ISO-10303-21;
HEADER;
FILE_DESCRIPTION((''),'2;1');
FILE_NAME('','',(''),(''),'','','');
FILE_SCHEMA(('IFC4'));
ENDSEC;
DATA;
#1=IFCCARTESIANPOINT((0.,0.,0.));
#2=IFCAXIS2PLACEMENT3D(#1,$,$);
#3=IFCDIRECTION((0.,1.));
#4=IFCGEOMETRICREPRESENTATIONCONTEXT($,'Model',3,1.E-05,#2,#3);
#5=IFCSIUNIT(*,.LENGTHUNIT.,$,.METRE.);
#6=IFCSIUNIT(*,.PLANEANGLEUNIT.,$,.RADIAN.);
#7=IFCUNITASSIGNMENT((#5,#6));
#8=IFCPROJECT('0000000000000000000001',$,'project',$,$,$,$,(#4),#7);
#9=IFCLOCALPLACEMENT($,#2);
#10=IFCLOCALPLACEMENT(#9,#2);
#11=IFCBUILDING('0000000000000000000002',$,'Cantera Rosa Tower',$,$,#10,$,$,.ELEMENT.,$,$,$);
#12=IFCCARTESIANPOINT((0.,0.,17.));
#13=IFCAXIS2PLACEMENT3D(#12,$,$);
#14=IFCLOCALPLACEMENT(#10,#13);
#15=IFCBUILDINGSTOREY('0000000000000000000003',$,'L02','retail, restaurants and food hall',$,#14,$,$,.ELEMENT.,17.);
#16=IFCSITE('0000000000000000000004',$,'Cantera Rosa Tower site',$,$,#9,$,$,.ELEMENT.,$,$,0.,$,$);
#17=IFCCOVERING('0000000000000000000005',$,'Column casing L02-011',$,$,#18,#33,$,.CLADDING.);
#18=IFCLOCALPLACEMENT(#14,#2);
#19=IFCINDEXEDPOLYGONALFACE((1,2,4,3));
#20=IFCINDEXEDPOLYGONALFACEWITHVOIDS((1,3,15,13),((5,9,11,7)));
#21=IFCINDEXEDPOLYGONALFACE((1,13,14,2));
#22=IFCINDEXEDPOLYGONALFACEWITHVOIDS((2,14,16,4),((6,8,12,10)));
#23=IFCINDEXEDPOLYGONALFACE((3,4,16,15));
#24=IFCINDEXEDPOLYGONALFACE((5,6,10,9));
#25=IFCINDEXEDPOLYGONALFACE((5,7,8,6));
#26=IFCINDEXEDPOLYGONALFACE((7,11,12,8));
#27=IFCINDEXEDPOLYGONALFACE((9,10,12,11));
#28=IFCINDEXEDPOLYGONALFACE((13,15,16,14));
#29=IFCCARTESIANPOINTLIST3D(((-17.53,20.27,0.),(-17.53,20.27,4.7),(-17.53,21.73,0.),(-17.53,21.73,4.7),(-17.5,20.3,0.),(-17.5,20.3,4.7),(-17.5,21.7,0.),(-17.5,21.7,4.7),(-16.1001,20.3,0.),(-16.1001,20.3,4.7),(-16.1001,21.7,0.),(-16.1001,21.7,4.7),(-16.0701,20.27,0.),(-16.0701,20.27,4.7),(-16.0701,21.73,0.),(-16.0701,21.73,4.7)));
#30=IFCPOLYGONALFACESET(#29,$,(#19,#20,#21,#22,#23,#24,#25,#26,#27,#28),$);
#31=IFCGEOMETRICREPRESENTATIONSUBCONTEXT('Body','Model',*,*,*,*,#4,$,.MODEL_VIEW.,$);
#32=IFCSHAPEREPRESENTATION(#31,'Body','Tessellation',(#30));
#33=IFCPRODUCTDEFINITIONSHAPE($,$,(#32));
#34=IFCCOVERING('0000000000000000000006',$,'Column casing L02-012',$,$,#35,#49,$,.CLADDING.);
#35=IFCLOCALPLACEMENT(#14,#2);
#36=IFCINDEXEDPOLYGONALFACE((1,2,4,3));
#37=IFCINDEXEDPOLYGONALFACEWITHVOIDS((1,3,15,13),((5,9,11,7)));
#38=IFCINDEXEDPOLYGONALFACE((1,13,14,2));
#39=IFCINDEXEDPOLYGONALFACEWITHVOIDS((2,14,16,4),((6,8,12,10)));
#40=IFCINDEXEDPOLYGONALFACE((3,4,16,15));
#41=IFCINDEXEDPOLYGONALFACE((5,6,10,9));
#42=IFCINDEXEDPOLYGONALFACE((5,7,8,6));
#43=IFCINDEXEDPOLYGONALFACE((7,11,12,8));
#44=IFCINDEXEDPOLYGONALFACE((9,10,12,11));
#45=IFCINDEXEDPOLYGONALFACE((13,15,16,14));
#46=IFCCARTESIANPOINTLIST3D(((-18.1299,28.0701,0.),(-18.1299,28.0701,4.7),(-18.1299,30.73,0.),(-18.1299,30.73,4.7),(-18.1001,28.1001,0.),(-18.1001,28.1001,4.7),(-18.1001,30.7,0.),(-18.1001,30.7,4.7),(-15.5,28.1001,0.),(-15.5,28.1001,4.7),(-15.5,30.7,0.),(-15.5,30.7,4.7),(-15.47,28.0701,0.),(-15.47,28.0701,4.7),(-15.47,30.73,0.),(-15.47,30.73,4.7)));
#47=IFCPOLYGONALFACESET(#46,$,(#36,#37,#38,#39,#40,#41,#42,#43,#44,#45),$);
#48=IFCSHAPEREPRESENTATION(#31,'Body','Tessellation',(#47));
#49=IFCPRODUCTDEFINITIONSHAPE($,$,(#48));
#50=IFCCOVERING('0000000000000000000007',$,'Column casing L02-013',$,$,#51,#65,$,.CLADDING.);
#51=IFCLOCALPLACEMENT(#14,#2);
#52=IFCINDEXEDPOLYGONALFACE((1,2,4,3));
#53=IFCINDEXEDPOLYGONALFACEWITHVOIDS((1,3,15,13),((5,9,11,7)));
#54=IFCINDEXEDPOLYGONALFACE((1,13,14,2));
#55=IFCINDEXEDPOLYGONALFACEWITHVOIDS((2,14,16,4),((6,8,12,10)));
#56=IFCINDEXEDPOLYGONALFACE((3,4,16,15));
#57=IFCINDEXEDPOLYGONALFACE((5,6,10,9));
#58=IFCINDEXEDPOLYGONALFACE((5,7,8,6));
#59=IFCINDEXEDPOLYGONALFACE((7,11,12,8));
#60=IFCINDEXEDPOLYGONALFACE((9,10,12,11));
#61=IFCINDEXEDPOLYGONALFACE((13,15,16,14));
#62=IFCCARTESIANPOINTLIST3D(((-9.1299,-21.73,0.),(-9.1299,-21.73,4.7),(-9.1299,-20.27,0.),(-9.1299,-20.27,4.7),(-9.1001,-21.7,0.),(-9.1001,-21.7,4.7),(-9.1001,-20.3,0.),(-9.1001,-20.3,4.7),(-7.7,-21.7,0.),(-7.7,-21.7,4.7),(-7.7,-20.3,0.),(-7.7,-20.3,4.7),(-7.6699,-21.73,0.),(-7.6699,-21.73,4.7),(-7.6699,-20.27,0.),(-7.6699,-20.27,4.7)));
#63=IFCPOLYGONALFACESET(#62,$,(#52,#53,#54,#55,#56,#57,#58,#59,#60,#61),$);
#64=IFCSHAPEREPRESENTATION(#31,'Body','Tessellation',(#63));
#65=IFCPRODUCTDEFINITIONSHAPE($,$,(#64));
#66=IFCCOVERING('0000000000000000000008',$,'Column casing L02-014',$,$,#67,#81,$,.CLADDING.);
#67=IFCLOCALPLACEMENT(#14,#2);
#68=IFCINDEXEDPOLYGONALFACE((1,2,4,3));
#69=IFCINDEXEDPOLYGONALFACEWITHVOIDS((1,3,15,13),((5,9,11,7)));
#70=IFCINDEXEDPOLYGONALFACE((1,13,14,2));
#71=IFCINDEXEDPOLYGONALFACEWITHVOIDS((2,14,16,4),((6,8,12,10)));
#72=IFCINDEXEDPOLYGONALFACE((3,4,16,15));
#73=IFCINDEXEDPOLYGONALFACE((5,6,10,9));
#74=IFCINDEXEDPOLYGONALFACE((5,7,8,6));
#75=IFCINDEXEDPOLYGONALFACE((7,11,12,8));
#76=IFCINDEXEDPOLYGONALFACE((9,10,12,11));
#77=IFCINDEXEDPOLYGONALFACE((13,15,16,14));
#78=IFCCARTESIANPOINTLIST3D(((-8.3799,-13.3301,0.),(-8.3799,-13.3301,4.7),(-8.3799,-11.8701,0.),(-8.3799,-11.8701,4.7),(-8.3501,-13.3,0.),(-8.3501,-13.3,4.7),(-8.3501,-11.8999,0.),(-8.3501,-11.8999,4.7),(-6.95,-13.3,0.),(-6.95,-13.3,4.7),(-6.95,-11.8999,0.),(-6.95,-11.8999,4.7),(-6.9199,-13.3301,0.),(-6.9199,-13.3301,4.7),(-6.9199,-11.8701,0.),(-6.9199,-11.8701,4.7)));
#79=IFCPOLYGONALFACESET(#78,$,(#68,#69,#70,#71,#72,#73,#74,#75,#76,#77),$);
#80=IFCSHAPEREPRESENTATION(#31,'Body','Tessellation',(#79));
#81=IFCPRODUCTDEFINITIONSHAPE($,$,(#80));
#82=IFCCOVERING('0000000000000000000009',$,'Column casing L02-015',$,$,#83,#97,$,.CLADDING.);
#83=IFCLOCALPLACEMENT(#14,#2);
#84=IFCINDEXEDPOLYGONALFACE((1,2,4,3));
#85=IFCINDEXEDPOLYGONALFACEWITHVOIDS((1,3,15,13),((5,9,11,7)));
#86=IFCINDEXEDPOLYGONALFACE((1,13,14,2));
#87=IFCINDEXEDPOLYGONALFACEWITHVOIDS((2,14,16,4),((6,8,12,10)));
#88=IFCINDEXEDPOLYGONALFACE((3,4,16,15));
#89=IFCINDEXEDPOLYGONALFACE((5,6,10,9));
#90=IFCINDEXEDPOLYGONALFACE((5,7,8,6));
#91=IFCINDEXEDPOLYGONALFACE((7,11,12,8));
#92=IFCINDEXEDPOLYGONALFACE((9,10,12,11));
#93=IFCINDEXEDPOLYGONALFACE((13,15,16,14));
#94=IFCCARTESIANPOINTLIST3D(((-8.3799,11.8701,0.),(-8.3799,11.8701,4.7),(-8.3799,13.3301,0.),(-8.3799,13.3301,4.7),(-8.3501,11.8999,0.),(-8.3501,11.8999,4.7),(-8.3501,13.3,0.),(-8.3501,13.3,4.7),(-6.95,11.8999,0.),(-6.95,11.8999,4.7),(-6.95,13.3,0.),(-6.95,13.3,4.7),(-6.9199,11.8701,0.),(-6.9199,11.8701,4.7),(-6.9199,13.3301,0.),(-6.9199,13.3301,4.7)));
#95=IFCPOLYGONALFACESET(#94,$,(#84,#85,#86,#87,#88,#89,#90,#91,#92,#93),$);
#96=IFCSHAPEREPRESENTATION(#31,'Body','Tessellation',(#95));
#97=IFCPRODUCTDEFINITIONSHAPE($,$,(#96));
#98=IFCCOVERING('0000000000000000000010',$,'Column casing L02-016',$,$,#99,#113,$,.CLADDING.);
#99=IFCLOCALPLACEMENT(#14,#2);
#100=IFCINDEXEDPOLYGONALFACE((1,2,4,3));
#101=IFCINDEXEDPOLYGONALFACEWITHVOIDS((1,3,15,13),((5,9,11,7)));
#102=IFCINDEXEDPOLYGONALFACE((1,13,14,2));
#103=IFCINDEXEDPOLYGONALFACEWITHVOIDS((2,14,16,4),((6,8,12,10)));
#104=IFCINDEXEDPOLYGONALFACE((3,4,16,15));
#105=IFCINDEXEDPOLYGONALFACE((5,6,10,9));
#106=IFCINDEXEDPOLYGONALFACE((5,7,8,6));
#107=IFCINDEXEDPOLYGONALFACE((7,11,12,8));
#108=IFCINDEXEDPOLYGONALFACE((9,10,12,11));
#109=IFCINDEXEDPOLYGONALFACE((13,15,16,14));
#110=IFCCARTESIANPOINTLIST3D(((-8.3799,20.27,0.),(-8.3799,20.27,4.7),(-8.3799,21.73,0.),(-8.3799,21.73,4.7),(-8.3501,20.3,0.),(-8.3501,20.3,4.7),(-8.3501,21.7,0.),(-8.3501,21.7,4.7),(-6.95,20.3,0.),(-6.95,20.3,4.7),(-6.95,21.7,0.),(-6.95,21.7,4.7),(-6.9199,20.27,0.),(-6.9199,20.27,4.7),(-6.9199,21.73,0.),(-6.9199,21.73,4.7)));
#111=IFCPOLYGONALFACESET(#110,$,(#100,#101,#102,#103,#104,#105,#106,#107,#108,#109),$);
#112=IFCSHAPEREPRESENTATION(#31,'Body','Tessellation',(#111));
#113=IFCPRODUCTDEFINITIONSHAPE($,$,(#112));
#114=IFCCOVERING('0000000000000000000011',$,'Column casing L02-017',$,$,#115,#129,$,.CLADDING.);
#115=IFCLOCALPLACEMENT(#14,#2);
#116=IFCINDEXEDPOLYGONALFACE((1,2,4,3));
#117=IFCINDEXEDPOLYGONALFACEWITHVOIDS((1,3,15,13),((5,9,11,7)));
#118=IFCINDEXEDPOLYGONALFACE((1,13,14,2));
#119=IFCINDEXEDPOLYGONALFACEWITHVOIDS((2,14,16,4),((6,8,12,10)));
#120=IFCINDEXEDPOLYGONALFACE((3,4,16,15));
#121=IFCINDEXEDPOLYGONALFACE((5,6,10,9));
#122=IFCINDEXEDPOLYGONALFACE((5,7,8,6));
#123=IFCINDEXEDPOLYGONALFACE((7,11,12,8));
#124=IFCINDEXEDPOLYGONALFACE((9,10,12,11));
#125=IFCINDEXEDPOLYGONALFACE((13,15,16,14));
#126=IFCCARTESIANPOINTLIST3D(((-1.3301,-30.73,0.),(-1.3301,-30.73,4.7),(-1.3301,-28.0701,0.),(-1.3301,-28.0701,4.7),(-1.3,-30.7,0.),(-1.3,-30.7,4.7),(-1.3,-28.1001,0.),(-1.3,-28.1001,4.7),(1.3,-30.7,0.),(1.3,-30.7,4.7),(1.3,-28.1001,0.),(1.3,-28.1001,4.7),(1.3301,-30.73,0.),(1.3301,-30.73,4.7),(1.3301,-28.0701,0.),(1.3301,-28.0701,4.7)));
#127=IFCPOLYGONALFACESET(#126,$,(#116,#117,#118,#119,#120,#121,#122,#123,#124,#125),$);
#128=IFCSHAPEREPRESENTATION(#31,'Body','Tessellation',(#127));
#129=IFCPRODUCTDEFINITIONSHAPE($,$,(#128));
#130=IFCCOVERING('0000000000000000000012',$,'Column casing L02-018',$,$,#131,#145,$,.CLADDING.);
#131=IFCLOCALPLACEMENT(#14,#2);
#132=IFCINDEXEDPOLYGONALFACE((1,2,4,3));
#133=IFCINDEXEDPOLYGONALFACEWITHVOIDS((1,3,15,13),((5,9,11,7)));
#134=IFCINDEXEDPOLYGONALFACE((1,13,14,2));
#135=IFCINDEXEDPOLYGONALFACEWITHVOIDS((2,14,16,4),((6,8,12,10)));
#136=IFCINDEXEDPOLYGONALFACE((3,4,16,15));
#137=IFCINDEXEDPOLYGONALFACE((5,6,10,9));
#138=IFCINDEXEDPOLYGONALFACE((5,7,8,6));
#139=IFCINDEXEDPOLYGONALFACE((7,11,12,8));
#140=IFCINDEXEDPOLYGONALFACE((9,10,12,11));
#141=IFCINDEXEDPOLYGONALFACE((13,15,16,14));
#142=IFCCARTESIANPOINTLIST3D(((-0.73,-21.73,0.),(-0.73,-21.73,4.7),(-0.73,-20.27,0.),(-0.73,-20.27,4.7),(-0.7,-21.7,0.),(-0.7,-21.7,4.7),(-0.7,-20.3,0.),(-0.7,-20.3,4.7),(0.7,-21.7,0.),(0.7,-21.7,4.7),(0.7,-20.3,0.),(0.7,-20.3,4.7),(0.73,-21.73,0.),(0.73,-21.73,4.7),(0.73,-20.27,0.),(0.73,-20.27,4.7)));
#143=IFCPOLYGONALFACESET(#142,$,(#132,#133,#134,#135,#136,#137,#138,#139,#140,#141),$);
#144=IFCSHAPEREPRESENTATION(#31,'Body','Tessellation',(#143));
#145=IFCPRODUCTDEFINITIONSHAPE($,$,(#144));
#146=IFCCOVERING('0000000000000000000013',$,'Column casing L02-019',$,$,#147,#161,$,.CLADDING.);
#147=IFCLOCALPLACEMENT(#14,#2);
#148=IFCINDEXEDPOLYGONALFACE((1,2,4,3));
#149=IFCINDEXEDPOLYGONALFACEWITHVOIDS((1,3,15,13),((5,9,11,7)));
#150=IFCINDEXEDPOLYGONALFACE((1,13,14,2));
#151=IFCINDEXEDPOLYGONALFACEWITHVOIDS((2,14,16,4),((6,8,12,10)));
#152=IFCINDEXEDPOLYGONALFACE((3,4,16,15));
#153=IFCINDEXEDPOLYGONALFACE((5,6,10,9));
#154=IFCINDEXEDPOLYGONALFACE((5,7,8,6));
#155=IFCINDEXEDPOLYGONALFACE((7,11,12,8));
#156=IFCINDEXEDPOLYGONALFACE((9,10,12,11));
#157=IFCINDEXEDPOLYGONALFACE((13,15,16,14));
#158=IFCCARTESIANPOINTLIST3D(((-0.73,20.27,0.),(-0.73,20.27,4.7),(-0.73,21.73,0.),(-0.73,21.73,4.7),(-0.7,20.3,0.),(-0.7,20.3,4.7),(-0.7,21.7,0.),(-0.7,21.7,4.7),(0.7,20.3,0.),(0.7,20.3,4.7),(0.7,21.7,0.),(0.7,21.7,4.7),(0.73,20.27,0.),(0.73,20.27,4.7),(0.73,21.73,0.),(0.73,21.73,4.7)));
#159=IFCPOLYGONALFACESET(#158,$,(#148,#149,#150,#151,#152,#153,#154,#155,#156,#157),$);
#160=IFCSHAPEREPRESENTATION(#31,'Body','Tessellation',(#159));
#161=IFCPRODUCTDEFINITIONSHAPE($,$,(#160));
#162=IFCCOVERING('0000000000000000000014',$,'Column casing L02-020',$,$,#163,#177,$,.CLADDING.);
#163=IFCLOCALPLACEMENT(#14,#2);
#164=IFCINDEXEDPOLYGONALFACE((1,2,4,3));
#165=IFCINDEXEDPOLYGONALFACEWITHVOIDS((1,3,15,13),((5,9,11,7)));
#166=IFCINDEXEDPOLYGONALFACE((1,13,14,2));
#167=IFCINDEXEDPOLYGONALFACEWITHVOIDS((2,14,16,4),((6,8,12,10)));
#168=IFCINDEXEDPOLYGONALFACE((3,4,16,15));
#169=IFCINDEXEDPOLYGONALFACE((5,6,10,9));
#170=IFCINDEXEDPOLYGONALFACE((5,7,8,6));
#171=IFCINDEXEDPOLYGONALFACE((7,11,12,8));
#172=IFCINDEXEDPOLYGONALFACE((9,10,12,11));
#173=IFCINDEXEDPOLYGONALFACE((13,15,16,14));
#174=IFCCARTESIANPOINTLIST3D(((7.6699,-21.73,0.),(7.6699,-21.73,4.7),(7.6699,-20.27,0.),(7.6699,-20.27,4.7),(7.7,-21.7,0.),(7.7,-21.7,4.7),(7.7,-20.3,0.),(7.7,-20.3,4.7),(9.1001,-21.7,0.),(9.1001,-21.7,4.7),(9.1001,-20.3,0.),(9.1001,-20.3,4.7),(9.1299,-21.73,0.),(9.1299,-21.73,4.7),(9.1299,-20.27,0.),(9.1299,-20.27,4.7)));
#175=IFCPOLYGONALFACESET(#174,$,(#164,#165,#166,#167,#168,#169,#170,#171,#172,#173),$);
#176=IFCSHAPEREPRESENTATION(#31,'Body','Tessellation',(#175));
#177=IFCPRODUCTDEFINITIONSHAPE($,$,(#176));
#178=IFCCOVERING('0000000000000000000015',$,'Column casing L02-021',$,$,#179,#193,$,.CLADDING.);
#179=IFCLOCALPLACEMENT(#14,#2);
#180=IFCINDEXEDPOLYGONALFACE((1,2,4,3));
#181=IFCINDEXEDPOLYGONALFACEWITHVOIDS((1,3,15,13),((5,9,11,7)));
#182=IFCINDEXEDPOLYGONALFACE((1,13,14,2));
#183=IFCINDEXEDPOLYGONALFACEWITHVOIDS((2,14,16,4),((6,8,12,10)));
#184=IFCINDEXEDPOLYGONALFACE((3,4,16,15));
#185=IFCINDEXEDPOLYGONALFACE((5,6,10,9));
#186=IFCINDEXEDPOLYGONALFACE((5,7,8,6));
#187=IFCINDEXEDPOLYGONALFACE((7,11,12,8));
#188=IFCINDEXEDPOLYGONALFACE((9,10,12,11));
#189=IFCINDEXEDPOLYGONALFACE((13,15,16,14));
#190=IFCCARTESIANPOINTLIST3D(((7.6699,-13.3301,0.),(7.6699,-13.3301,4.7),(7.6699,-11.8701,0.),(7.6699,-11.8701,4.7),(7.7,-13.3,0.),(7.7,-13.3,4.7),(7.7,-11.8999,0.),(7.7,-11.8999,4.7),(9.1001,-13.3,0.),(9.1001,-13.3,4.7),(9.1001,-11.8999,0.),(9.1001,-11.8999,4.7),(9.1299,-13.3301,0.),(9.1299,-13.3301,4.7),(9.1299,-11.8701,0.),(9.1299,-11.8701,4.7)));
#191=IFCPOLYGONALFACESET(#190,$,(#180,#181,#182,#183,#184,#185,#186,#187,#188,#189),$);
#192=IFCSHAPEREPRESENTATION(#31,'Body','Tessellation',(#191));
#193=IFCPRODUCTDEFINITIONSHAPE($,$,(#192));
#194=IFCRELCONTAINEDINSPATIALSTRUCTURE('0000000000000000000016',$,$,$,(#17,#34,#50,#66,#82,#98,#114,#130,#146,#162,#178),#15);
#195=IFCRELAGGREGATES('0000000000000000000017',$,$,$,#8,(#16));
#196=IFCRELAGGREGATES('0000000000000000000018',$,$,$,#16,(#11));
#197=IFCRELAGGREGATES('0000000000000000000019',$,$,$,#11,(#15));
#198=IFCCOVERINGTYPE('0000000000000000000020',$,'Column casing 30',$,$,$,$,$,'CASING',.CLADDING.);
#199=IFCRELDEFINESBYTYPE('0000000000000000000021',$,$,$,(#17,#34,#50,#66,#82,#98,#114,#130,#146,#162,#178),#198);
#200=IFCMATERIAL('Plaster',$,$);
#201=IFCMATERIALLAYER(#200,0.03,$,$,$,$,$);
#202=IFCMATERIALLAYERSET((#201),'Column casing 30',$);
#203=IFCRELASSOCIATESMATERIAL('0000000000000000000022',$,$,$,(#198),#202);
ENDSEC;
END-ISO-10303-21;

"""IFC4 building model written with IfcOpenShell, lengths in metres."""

from ifc_helpers import new_model, si_unit, direction, frame, origin, place, context, subcontext, project, spatial, polyline, outline, extrude, material, layer, layer_set, type_object, element, save


model = new_model("IFC4")

# Units and contexts
model_context = context("Model", 3, precision=1e-05, world=origin(), true_north=direction((0.0, 1.0)))
body_context = subcontext(model_context, "Body", "Model", "MODEL_VIEW")
ifc_project = project(units=[si_unit("LENGTHUNIT", "METRE"), si_unit("PLANEANGLEUNIT", "RADIAN")], contexts=[model_context])

# Site, building, storey
site_placement = place(None, origin())
site = spatial("IfcSite", under=ifc_project, at=site_placement, Name="Cantera Rosa Tower site", CompositionType="ELEMENT", RefElevation=0.0)
building_placement = place(site_placement, origin())
building = spatial("IfcBuilding", under=site, at=building_placement, Name="Cantera Rosa Tower", CompositionType="ELEMENT")
storey_placement = place(building_placement, frame((0.0, 0.0, 17.0)))
storey = spatial("IfcBuildingStorey", under=building, at=storey_placement, Name="L02", Description="retail, restaurants and food hall", CompositionType="ELEMENT", Elevation=17.0)

# Coverings
ifc_material_1 = material(Name="Plaster")
ifc_layer_1 = layer(ifc_material_1, 0.03)
ifc_layer_set_1 = layer_set([ifc_layer_1], Name="Column casing 30")
covering_type = type_object("IfcCoveringType", Name="Column casing 30", ElementType="CASING", PredefinedType="CLADDING", material=ifc_layer_set_1)
covering_1_placement = place(storey_placement, origin())
element("IfcCovering", 1, at=covering_1_placement, inside=storey, type_object=covering_type, Name="Column casing L02-011", PredefinedType="CLADDING", context=body_context, shape_type="SweptSolid", body=[
    extrude(outline(polyline([(-17.53, 20.27), (-16.0701, 20.27), (-16.0701, 21.73), (-17.53, 21.73), (-17.53, 20.27)]), holes=[polyline([(-16.1001, 21.7), (-17.5, 21.7), (-17.5, 20.3), (-16.1001, 20.3), (-16.1001, 21.7)])]), origin(), (0.0, 0.0, 1.0), 4.7),
])
covering_2_placement = place(storey_placement, origin())
element("IfcCovering", 2, at=covering_2_placement, inside=storey, type_object=covering_type, Name="Column casing L02-012", PredefinedType="CLADDING", context=body_context, shape_type="SweptSolid", body=[
    extrude(outline(polyline([(-18.1299, 28.0701), (-15.47, 28.0701), (-15.47, 30.73), (-18.1299, 30.73), (-18.1299, 28.0701)]), holes=[polyline([(-15.5, 30.7), (-18.1001, 30.7), (-18.1001, 28.1001), (-15.5, 28.1001), (-15.5, 30.7)])]), origin(), (0.0, 0.0, 1.0), 4.7),
])
covering_3_placement = place(storey_placement, origin())
element("IfcCovering", 3, at=covering_3_placement, inside=storey, type_object=covering_type, Name="Column casing L02-013", PredefinedType="CLADDING", context=body_context, shape_type="SweptSolid", body=[
    extrude(outline(polyline([(-9.1299, -21.73), (-7.6699, -21.73), (-7.6699, -20.27), (-9.1299, -20.27), (-9.1299, -21.73)]), holes=[polyline([(-7.7, -20.3), (-9.1001, -20.3), (-9.1001, -21.7), (-7.7, -21.7), (-7.7, -20.3)])]), origin(), (0.0, 0.0, 1.0), 4.7),
])
covering_4_placement = place(storey_placement, origin())
element("IfcCovering", 4, at=covering_4_placement, inside=storey, type_object=covering_type, Name="Column casing L02-014", PredefinedType="CLADDING", context=body_context, shape_type="SweptSolid", body=[
    extrude(outline(polyline([(-8.3799, -13.3301), (-6.9199, -13.3301), (-6.9199, -11.8701), (-8.3799, -11.8701), (-8.3799, -13.3301)]), holes=[polyline([(-6.95, -11.8999), (-8.3501, -11.8999), (-8.3501, -13.3), (-6.95, -13.3), (-6.95, -11.8999)])]), origin(), (0.0, 0.0, 1.0), 4.7),
])
covering_5_placement = place(storey_placement, origin())
element("IfcCovering", 5, at=covering_5_placement, inside=storey, type_object=covering_type, Name="Column casing L02-015", PredefinedType="CLADDING", context=body_context, shape_type="SweptSolid", body=[
    extrude(outline(polyline([(-8.3799, 11.8701), (-6.9199, 11.8701), (-6.9199, 13.3301), (-8.3799, 13.3301), (-8.3799, 11.8701)]), holes=[polyline([(-6.95, 13.3), (-8.3501, 13.3), (-8.3501, 11.8999), (-6.95, 11.8999), (-6.95, 13.3)])]), origin(), (0.0, 0.0, 1.0), 4.7),
])
covering_6_placement = place(storey_placement, origin())
element("IfcCovering", 6, at=covering_6_placement, inside=storey, type_object=covering_type, Name="Column casing L02-016", PredefinedType="CLADDING", context=body_context, shape_type="SweptSolid", body=[
    extrude(outline(polyline([(-8.3799, 20.27), (-6.9199, 20.27), (-6.9199, 21.73), (-8.3799, 21.73), (-8.3799, 20.27)]), holes=[polyline([(-6.95, 21.7), (-8.3501, 21.7), (-8.3501, 20.3), (-6.95, 20.3), (-6.95, 21.7)])]), origin(), (0.0, 0.0, 1.0), 4.7),
])
covering_7_placement = place(storey_placement, origin())
element("IfcCovering", 7, at=covering_7_placement, inside=storey, type_object=covering_type, Name="Column casing L02-017", PredefinedType="CLADDING", context=body_context, shape_type="SweptSolid", body=[
    extrude(outline(polyline([(-1.3301, -30.73), (1.3301, -30.73), (1.3301, -28.0701), (-1.3301, -28.0701), (-1.3301, -30.73)]), holes=[polyline([(1.3, -28.1001), (-1.3, -28.1001), (-1.3, -30.7), (1.3, -30.7), (1.3, -28.1001)])]), origin(), (0.0, 0.0, 1.0), 4.7),
])
covering_8_placement = place(storey_placement, origin())
element("IfcCovering", 8, at=covering_8_placement, inside=storey, type_object=covering_type, Name="Column casing L02-018", PredefinedType="CLADDING", context=body_context, shape_type="SweptSolid", body=[
    extrude(outline(polyline([(-0.73, -21.73), (0.73, -21.73), (0.73, -20.27), (-0.73, -20.27), (-0.73, -21.73)]), holes=[polyline([(0.7, -20.3), (-0.7, -20.3), (-0.7, -21.7), (0.7, -21.7), (0.7, -20.3)])]), origin(), (0.0, 0.0, 1.0), 4.7),
])
covering_9_placement = place(storey_placement, origin())
element("IfcCovering", 9, at=covering_9_placement, inside=storey, type_object=covering_type, Name="Column casing L02-019", PredefinedType="CLADDING", context=body_context, shape_type="SweptSolid", body=[
    extrude(outline(polyline([(-0.73, 20.27), (0.73, 20.27), (0.73, 21.73), (-0.73, 21.73), (-0.73, 20.27)]), holes=[polyline([(0.7, 21.7), (-0.7, 21.7), (-0.7, 20.3), (0.7, 20.3), (0.7, 21.7)])]), origin(), (0.0, 0.0, 1.0), 4.7),
])
covering_10_placement = place(storey_placement, origin())
element("IfcCovering", 10, at=covering_10_placement, inside=storey, type_object=covering_type, Name="Column casing L02-020", PredefinedType="CLADDING", context=body_context, shape_type="SweptSolid", body=[
    extrude(outline(polyline([(7.6699, -21.73), (9.1299, -21.73), (9.1299, -20.27), (7.6699, -20.27), (7.6699, -21.73)]), holes=[polyline([(9.1001, -20.3), (7.7, -20.3), (7.7, -21.7), (9.1001, -21.7), (9.1001, -20.3)])]), origin(), (0.0, 0.0, 1.0), 4.7),
])
covering_11_placement = place(storey_placement, origin())
element("IfcCovering", 11, at=covering_11_placement, inside=storey, type_object=covering_type, Name="Column casing L02-021", PredefinedType="CLADDING", context=body_context, shape_type="SweptSolid", body=[
    extrude(outline(polyline([(7.6699, -13.3301), (9.1299, -13.3301), (9.1299, -11.8701), (7.6699, -11.8701), (7.6699, -13.3301)]), holes=[polyline([(9.1001, -11.8999), (7.7, -11.8999), (7.7, -13.3), (9.1001, -13.3), (9.1001, -11.8999)])]), origin(), (0.0, 0.0, 1.0), 4.7),
])

save(model, "model.ifc")
